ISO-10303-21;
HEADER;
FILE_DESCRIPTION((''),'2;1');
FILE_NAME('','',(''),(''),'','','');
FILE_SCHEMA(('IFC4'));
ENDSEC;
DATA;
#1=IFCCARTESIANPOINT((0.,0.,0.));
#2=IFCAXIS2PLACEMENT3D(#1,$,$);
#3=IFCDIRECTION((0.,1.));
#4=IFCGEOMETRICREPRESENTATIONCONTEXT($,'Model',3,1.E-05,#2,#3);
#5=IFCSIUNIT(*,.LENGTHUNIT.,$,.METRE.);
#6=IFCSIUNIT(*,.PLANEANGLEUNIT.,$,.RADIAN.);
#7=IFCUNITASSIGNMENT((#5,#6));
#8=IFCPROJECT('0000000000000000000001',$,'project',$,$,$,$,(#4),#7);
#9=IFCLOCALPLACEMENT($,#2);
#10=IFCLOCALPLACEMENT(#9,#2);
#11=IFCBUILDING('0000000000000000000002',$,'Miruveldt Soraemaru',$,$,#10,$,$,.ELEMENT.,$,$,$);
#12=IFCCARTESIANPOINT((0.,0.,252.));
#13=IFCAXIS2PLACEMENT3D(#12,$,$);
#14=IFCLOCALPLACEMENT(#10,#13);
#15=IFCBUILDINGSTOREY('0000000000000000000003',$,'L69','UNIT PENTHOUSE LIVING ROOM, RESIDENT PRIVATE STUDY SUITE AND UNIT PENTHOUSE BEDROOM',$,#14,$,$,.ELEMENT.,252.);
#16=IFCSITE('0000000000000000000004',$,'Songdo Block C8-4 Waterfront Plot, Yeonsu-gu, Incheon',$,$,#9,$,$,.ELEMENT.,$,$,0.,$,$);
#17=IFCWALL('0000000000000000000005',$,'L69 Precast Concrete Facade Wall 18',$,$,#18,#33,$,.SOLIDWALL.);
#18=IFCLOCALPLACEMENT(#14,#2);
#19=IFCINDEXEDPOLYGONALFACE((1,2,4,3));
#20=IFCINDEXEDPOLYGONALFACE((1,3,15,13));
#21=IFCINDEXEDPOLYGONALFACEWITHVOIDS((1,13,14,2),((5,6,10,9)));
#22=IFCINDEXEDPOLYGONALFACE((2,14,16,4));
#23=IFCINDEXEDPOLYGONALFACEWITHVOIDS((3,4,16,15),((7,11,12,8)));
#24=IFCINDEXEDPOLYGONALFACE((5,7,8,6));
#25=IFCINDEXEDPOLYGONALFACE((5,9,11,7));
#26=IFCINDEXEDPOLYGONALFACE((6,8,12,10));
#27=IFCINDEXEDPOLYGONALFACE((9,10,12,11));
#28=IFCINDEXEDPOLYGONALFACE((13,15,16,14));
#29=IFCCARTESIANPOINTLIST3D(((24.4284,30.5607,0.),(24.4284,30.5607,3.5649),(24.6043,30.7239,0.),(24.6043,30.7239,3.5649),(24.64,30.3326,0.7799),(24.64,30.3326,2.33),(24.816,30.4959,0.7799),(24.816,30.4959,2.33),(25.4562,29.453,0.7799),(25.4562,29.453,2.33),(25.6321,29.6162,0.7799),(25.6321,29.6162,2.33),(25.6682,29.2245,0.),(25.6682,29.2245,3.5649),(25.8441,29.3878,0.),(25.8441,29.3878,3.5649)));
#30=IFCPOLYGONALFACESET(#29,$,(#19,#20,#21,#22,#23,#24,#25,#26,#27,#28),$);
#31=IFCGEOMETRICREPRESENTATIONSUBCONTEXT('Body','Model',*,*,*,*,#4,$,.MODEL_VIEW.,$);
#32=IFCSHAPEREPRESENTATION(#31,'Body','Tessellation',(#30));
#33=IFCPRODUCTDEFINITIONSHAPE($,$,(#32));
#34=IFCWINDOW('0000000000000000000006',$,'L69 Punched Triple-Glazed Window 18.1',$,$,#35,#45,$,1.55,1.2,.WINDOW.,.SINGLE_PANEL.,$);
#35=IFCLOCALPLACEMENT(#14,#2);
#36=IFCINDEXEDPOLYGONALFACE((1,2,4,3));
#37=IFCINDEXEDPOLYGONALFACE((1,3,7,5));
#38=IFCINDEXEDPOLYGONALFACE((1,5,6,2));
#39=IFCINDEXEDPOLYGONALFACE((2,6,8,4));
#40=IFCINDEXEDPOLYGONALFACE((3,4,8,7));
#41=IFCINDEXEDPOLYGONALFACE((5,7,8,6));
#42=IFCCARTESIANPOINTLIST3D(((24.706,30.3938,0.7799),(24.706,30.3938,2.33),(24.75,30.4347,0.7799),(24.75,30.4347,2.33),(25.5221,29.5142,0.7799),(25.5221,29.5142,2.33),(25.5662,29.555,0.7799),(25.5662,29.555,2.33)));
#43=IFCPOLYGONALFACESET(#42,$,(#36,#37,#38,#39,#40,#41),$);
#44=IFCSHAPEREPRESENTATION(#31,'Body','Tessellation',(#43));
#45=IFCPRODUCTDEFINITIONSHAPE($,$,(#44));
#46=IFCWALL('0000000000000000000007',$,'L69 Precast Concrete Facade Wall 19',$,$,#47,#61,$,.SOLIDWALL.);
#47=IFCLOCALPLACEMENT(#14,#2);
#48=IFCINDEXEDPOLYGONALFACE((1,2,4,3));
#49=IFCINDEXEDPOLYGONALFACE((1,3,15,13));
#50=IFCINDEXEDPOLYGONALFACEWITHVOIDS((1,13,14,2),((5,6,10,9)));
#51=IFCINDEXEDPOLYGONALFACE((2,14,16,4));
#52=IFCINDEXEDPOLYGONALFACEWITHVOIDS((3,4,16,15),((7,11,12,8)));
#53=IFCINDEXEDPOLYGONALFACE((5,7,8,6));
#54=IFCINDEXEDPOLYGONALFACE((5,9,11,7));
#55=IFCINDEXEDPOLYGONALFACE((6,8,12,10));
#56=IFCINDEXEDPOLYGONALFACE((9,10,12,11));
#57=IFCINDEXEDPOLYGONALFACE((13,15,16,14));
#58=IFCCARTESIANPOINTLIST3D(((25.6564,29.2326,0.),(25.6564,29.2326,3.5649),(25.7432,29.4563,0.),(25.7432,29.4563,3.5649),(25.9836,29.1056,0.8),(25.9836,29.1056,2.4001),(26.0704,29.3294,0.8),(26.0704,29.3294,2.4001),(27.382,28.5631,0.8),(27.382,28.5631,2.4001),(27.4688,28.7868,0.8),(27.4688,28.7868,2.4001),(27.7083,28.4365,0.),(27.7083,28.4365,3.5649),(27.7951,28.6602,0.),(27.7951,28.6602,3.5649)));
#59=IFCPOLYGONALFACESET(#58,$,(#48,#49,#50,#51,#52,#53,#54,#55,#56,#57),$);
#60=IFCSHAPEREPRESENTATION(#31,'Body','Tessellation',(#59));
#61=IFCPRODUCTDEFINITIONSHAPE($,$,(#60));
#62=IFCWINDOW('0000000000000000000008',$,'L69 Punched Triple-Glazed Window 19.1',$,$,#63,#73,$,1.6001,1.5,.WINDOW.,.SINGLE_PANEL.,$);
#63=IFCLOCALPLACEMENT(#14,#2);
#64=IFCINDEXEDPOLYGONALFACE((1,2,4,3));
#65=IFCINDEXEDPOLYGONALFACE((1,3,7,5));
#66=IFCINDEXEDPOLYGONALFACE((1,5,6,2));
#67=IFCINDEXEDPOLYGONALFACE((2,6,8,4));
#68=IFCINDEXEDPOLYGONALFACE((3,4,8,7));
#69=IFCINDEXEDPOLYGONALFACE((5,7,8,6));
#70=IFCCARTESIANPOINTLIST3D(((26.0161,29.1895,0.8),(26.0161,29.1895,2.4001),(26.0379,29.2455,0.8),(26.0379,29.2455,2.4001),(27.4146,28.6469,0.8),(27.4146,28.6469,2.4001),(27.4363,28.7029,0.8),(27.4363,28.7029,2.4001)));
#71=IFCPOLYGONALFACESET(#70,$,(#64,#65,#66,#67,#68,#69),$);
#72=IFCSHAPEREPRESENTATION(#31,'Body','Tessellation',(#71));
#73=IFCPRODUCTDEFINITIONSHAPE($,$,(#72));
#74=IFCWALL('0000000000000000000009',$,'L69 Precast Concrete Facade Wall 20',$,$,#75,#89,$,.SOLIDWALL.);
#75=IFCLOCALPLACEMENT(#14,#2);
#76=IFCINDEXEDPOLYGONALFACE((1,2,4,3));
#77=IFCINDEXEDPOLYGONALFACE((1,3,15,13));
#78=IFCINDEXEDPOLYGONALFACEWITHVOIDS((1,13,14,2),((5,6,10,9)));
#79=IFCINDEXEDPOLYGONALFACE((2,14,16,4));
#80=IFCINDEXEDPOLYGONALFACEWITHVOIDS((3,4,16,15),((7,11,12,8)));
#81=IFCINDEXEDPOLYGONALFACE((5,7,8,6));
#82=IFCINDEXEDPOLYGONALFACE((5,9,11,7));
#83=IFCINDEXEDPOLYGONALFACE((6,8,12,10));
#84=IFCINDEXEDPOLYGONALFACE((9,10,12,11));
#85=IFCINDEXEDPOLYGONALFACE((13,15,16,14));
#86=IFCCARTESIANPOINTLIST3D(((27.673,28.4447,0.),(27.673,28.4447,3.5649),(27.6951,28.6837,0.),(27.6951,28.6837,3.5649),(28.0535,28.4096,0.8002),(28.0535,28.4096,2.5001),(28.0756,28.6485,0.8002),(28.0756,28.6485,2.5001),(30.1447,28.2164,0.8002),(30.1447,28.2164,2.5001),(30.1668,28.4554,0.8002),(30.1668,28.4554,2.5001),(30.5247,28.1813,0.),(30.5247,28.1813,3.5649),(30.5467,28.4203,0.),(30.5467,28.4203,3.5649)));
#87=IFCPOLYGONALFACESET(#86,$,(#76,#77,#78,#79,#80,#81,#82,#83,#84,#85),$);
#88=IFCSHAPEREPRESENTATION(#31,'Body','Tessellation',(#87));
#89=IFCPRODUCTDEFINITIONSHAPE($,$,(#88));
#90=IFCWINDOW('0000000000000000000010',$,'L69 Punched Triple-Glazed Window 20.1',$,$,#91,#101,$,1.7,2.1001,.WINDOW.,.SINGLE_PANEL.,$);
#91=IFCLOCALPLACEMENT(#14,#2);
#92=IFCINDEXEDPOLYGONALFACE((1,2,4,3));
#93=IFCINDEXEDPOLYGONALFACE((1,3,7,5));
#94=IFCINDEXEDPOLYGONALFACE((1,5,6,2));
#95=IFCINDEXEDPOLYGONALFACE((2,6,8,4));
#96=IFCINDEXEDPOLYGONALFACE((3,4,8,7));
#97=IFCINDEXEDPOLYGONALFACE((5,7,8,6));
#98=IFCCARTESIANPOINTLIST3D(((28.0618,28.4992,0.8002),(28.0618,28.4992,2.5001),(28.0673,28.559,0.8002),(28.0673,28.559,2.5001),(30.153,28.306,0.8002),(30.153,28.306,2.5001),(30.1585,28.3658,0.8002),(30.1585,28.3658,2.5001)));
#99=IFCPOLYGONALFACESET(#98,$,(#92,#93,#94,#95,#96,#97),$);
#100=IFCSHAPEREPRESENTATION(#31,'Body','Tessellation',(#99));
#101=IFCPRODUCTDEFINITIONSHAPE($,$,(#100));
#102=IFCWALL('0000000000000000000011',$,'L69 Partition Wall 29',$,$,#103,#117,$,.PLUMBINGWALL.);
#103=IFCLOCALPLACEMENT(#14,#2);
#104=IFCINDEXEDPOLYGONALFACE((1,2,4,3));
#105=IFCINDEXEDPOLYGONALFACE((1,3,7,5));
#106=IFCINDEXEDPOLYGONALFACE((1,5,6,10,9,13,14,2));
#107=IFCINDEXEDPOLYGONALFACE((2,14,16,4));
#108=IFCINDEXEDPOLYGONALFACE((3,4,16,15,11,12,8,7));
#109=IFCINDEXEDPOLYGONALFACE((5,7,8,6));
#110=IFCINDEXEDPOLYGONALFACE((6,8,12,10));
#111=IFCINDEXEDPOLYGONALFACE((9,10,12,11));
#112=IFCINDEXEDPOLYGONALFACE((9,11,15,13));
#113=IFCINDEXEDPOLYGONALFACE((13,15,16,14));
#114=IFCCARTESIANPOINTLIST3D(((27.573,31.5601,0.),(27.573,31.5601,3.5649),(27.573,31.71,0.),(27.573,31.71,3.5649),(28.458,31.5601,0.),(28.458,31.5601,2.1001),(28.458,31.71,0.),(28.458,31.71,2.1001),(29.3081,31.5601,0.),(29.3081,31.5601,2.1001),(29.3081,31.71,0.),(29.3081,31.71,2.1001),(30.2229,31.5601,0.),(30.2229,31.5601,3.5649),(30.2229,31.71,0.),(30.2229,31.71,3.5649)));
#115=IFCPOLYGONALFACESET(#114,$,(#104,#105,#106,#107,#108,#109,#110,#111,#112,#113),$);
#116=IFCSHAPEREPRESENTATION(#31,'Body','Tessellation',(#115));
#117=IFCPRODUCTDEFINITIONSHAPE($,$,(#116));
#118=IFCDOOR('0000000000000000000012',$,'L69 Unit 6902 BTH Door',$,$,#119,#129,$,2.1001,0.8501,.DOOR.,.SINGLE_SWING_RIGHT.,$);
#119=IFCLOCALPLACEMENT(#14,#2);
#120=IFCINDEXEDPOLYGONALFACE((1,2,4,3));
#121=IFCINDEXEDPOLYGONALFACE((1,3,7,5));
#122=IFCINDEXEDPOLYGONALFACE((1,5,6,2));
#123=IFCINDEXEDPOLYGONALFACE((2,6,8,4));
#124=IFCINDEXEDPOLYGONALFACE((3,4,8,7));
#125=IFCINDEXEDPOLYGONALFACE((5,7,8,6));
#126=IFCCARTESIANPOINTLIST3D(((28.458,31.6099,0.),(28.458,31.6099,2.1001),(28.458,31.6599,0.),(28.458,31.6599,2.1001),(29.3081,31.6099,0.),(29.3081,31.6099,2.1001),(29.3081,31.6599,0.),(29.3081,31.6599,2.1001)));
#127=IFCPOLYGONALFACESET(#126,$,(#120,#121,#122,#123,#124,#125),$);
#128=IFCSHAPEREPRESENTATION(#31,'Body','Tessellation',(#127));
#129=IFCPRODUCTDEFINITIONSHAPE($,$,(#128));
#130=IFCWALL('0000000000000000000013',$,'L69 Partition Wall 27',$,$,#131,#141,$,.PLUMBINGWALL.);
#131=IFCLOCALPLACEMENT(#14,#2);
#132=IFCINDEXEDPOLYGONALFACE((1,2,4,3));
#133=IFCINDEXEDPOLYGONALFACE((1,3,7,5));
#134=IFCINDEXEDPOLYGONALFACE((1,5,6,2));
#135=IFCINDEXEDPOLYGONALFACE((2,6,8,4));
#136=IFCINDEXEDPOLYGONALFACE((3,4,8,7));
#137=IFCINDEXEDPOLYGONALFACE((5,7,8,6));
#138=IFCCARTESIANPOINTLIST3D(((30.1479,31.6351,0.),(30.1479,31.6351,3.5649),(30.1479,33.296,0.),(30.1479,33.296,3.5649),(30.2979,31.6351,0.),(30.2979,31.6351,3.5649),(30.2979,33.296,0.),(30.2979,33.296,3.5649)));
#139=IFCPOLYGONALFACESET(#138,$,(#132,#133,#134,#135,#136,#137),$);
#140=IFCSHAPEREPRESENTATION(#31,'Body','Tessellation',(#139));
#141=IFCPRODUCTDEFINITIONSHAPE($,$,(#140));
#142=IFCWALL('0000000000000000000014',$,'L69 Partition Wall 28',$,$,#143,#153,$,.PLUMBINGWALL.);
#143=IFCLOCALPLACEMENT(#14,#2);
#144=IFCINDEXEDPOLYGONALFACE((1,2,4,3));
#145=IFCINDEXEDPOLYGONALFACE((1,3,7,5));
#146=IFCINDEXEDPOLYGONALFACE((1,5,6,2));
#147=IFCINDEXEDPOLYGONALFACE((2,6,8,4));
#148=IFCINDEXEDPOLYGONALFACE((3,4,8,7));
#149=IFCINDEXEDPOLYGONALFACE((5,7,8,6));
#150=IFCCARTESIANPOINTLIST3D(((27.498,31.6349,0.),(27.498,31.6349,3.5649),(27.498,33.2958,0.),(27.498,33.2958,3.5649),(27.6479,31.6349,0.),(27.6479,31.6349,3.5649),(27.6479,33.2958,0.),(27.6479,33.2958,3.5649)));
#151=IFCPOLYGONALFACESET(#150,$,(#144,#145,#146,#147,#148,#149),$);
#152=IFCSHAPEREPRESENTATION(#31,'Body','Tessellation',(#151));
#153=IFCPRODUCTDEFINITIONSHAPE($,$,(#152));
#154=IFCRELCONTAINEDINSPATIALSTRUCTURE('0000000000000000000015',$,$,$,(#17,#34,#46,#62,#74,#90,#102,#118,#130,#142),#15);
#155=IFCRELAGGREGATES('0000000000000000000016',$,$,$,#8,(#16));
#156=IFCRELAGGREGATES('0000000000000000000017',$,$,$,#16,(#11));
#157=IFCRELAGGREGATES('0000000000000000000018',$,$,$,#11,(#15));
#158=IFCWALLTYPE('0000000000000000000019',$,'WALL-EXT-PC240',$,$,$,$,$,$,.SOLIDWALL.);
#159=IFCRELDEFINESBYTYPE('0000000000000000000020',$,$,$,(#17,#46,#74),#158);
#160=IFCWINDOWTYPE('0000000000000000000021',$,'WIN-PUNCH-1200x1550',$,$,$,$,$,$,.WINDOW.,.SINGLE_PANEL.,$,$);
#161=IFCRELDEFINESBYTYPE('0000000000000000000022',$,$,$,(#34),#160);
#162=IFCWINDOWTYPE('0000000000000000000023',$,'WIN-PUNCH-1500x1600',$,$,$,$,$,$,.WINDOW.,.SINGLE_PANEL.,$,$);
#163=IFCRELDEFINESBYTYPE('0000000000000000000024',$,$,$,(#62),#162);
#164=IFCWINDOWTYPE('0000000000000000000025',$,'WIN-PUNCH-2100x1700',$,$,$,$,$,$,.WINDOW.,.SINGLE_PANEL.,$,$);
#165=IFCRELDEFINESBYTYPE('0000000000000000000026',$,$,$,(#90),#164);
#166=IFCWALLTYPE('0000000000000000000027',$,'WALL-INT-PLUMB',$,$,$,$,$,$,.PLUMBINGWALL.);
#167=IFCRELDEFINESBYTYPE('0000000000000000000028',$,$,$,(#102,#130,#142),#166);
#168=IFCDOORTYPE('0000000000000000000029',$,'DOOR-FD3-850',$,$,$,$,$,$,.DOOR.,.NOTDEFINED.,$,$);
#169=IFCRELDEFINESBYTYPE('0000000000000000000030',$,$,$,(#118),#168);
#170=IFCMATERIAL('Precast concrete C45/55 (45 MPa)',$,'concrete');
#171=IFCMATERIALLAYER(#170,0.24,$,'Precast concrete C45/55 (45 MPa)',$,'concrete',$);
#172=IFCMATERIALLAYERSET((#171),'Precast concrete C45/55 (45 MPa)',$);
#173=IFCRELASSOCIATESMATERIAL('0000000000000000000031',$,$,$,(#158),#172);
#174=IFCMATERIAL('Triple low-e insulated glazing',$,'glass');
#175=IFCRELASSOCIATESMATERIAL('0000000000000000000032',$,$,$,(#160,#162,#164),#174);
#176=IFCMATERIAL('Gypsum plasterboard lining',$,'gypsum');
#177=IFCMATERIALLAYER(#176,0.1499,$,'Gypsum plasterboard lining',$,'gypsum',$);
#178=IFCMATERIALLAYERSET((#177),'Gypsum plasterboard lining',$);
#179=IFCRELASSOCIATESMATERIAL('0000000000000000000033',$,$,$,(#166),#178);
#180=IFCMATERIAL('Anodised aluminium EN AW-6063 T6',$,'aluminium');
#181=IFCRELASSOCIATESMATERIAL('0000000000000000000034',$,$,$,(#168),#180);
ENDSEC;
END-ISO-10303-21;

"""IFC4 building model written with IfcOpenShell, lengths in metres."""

from ifc_helpers import new_model, si_unit, direction, frame, frame_2d, origin, place, context, subcontext, project, spatial, rectangle, extrude, material, layer, layer_set, type_object, element, fill, save


model = new_model("IFC4")

# Units and contexts
model_context = context("Model", 3, precision=1e-05, world=origin(), true_north=direction((0.0, 1.0)))
body_context = subcontext(model_context, "Body", "Model", "MODEL_VIEW")
ifc_project = project(units=[si_unit("LENGTHUNIT", "METRE"), si_unit("PLANEANGLEUNIT", "RADIAN")], contexts=[model_context])

# Site, building, storey
site_placement = place(None, origin())
site = spatial("IfcSite", under=ifc_project, at=site_placement, Name="Songdo Block C8-4 Waterfront Plot, Yeonsu-gu, Incheon", CompositionType="ELEMENT", RefElevation=0.0)
building_placement = place(site_placement, origin())
building = spatial("IfcBuilding", under=site, at=building_placement, Name="Miruveldt Soraemaru", CompositionType="ELEMENT")
storey_placement = place(building_placement, frame((0.0, 0.0, 252.0)))
storey = spatial("IfcBuildingStorey", under=building, at=storey_placement, Name="L69", Description="UNIT PENTHOUSE LIVING ROOM, RESIDENT PRIVATE STUDY SUITE AND UNIT PENTHOUSE BEDROOM", CompositionType="ELEMENT", Elevation=252.0)

# Walls, openings, windows
ifc_material_1 = material(Name="Precast concrete C45/55 (45 MPa)", Category="concrete")
ifc_layer_1 = layer(ifc_material_1, 0.24, Name="Precast concrete C45/55 (45 MPa)", Category="concrete")
ifc_layer_set_1 = layer_set([ifc_layer_1], Name="Precast concrete C45/55 (45 MPa)")
wall_type_1 = type_object("IfcWallType", Name="WALL-EXT-PC240", PredefinedType="SOLIDWALL", material=ifc_layer_set_1)
ifc_material_2 = material(Name="Triple low-e insulated glazing", Category="glass")
window_type_1 = type_object("IfcWindowType", Name="WIN-PUNCH-1200x1550", PartitioningType="SINGLE_PANEL", PredefinedType="WINDOW", material=ifc_material_2)
wall_1_placement = place(storey_placement, frame((24.5164, 30.6423, 0.0), z_axis=(0.0, 0.0, 1.0), x_axis=(0.680158, -0.733065, 0.0)))
wall_1 = element("IfcWall", 1, at=wall_1_placement, inside=storey, type_object=wall_type_1, Name="L69 Precast Concrete Facade Wall 18", PredefinedType="SOLIDWALL", context=body_context, shape_type="SweptSolid", body=[
    extrude(rectangle(XDim=1.8228, YDim=0.24, at=frame_2d((0.9114, 0.0))), origin(), (0.0, 0.0, 1.0), 3.5649),
])
opening_1_placement = place(wall_1_placement, frame((0.311, 0.0, 0.78)))
opening_1 = element("IfcOpeningElement", 2, at=opening_1_placement, cuts=wall_1, PredefinedType="OPENING", context=body_context, shape_type="SweptSolid", body=[
    extrude(rectangle(XDim=1.2, YDim=1.55, at=frame_2d((0.6001, 0.7749))), frame((0.0, 0.1299, 0.0), z_axis=(0.0, -1.0, 0.0), x_axis=(1.0, 0.0, 0.0)), (0.0, 0.0, 1.0), 0.26),
])
window_1_placement = place(opening_1_placement, origin())
window_1 = element("IfcWindow", 3, at=window_1_placement, inside=storey, type_object=window_type_1, Name="L69 Punched Triple-Glazed Window 18.1", OverallHeight=1.55, OverallWidth=1.2, PartitioningType="SINGLE_PANEL", PredefinedType="WINDOW", context=body_context, shape_type="SweptSolid", body=[
    extrude(rectangle(XDim=1.2, YDim=1.55, at=frame_2d((0.6001, 0.7749))), frame((0.0, 0.03, 0.0), z_axis=(0.0, -1.0, 0.0), x_axis=(1.0, 0.0, 0.0)), (0.0, 0.0, 1.0), 0.0601),
])
fill(opening_1, window_1)
wall_2_placement = place(storey_placement, frame((25.6997, 29.3445, 0.0), z_axis=(0.0, 0.0, 1.0), x_axis=(0.93229, -0.361713, 0.0)))
wall_2 = element("IfcWall", 4, at=wall_2_placement, inside=storey, type_object=wall_type_1, Name="L69 Precast Concrete Facade Wall 19", PredefinedType="SOLIDWALL", context=body_context, shape_type="SweptSolid", body=[
    extrude(rectangle(XDim=2.2009, YDim=0.24, at=frame_2d((1.1006, 0.0))), origin(), (0.0, 0.0, 1.0), 3.5649),
])
opening_2_placement = place(wall_2_placement, frame((0.3511, 0.0, 0.8)))
opening_2 = element("IfcOpeningElement", 5, at=opening_2_placement, cuts=wall_2, PredefinedType="OPENING", context=body_context, shape_type="SweptSolid", body=[
    extrude(rectangle(XDim=1.5, YDim=1.6001, at=frame_2d((0.75, 0.8))), frame((0.0, 0.1299, 0.0), z_axis=(0.0, -1.0, 0.0), x_axis=(1.0, 0.0, 0.0)), (0.0, 0.0, 1.0), 0.26),
])
window_type_2 = type_object("IfcWindowType", Name="WIN-PUNCH-1500x1600", PartitioningType="SINGLE_PANEL", PredefinedType="WINDOW", material=ifc_material_2)
window_2_placement = place(opening_2_placement, origin())
window_2 = element("IfcWindow", 6, at=window_2_placement, inside=storey, type_object=window_type_2, Name="L69 Punched Triple-Glazed Window 19.1", OverallHeight=1.6001, OverallWidth=1.5, PartitioningType="SINGLE_PANEL", PredefinedType="WINDOW", context=body_context, shape_type="SweptSolid", body=[
    extrude(rectangle(XDim=1.5, YDim=1.6001, at=frame_2d((0.75, 0.8))), frame((0.0, 0.03, 0.0), z_axis=(0.0, -1.0, 0.0), x_axis=(1.0, 0.0, 0.0)), (0.0, 0.0, 1.0), 0.0601),
])
fill(opening_2, window_2)
wall_3_placement = place(storey_placement, frame((27.6841, 28.5642, 0.0), z_axis=(0.0, 0.0, 1.0), x_axis=(0.99576, -0.091988, 0.0)))
wall_3 = element("IfcWall", 7, at=wall_3_placement, inside=storey, type_object=wall_type_1, Name="L69 Precast Concrete Facade Wall 20", PredefinedType="SOLIDWALL", context=body_context, shape_type="SweptSolid", body=[
    extrude(rectangle(XDim=2.8638, YDim=0.24, at=frame_2d((1.4319, 0.0))), origin(), (0.0, 0.0, 1.0), 3.5649),
])
opening_3_placement = place(wall_3_placement, frame((0.3821, 0.0, 0.8)))
opening_3 = element("IfcOpeningElement", 8, at=opening_3_placement, cuts=wall_3, PredefinedType="OPENING", context=body_context, shape_type="SweptSolid", body=[
    extrude(rectangle(XDim=2.1001, YDim=1.7, at=frame_2d((1.05, 0.8501))), frame((0.0, 0.1299, 0.0), z_axis=(0.0, -1.0, 0.0), x_axis=(1.0, 0.0, 0.0)), (0.0, 0.0, 1.0), 0.26),
])
window_type_3 = type_object("IfcWindowType", Name="WIN-PUNCH-2100x1700", PartitioningType="SINGLE_PANEL", PredefinedType="WINDOW", material=ifc_material_2)
window_3_placement = place(opening_3_placement, origin())
window_3 = element("IfcWindow", 9, at=window_3_placement, inside=storey, type_object=window_type_3, Name="L69 Punched Triple-Glazed Window 20.1", OverallHeight=1.7, OverallWidth=2.1001, PartitioningType="SINGLE_PANEL", PredefinedType="WINDOW", context=body_context, shape_type="SweptSolid", body=[
    extrude(rectangle(XDim=2.1001, YDim=1.7, at=frame_2d((1.05, 0.8501))), frame((0.0, 0.03, 0.0), z_axis=(0.0, -1.0, 0.0), x_axis=(1.0, 0.0, 0.0)), (0.0, 0.0, 1.0), 0.0601),
])
fill(opening_3, window_3)

# Wall, opening, door
ifc_material_3 = material(Name="Gypsum plasterboard lining", Category="gypsum")
ifc_layer_2 = layer(ifc_material_3, 0.1499, Name="Gypsum plasterboard lining", Category="gypsum")
ifc_layer_set_2 = layer_set([ifc_layer_2], Name="Gypsum plasterboard lining")
wall_type_2 = type_object("IfcWallType", Name="WALL-INT-PLUMB", PredefinedType="PLUMBINGWALL", material=ifc_layer_set_2)
wall_4_placement = place(storey_placement, frame((27.573, 31.635, 0.0), z_axis=(0.0, 0.0, 1.0), x_axis=(1.0, 0.0, 0.0)))
wall_4 = element("IfcWall", 10, at=wall_4_placement, inside=storey, type_object=wall_type_2, Name="L69 Partition Wall 29", PredefinedType="PLUMBINGWALL", context=body_context, shape_type="SweptSolid", body=[
    extrude(rectangle(XDim=2.6499, YDim=0.1499, at=frame_2d((1.325, 0.0))), origin(), (0.0, 0.0, 1.0), 3.5649),
])
opening_4_placement = place(wall_4_placement, frame((0.885, 0.0, 0.0)))
opening_4 = element("IfcOpeningElement", 11, at=opening_4_placement, cuts=wall_4, PredefinedType="OPENING", context=body_context, shape_type="SweptSolid", body=[
    extrude(rectangle(XDim=0.8501, YDim=2.1001, at=frame_2d((0.425, 1.05))), frame((0.0, 0.085, 0.0), z_axis=(0.0, -1.0, 0.0), x_axis=(1.0, 0.0, 0.0)), (0.0, 0.0, 1.0), 0.1699),
])
ifc_material_4 = material(Name="Anodised aluminium EN AW-6063 T6", Category="aluminium")
door_type_1 = type_object("IfcDoorType", Name="DOOR-FD3-850", OperationType="NOTDEFINED", PredefinedType="DOOR", material=ifc_material_4)
door_1_placement = place(opening_4_placement, origin())
door_1 = element("IfcDoor", 12, at=door_1_placement, inside=storey, type_object=door_type_1, Name="L69 Unit 6902 BTH Door", OperationType="SINGLE_SWING_RIGHT", OverallHeight=2.1001, OverallWidth=0.8501, PredefinedType="DOOR", context=body_context, shape_type="SweptSolid", body=[
    extrude(rectangle(XDim=0.8501, YDim=2.1001, at=frame_2d((0.425, 1.05))), frame((0.0, 0.0249, 0.0), z_axis=(0.0, -1.0, 0.0), x_axis=(1.0, 0.0, 0.0)), (0.0, 0.0, 1.0), 0.05),
])
fill(opening_4, door_1)

# Walls
for number, where, z_axis, x_axis, name in (
    (13, (30.2229, 31.635, 0.0), (0.0, 0.0, 1.0), (0.0, 1.0, 0.0), "L69 Partition Wall 27"),
    (14, (27.573, 33.2959, 0.0), (0.0, 0.0, 1.0), (0.0, -1.0, 0.0), "L69 Partition Wall 28"),
):
    element("IfcWall", number, at=place(storey_placement, frame(where, z_axis=z_axis, x_axis=x_axis)), inside=storey, type_object=wall_type_2, Name=name, PredefinedType="PLUMBINGWALL", context=body_context, shape_type="SweptSolid", body=[
        extrude(rectangle(XDim=1.6609, YDim=0.1499, at=frame_2d((0.8306, 0.0))), origin(), (0.0, 0.0, 1.0), 3.5649),
    ])

save(model, "model.ifc")
